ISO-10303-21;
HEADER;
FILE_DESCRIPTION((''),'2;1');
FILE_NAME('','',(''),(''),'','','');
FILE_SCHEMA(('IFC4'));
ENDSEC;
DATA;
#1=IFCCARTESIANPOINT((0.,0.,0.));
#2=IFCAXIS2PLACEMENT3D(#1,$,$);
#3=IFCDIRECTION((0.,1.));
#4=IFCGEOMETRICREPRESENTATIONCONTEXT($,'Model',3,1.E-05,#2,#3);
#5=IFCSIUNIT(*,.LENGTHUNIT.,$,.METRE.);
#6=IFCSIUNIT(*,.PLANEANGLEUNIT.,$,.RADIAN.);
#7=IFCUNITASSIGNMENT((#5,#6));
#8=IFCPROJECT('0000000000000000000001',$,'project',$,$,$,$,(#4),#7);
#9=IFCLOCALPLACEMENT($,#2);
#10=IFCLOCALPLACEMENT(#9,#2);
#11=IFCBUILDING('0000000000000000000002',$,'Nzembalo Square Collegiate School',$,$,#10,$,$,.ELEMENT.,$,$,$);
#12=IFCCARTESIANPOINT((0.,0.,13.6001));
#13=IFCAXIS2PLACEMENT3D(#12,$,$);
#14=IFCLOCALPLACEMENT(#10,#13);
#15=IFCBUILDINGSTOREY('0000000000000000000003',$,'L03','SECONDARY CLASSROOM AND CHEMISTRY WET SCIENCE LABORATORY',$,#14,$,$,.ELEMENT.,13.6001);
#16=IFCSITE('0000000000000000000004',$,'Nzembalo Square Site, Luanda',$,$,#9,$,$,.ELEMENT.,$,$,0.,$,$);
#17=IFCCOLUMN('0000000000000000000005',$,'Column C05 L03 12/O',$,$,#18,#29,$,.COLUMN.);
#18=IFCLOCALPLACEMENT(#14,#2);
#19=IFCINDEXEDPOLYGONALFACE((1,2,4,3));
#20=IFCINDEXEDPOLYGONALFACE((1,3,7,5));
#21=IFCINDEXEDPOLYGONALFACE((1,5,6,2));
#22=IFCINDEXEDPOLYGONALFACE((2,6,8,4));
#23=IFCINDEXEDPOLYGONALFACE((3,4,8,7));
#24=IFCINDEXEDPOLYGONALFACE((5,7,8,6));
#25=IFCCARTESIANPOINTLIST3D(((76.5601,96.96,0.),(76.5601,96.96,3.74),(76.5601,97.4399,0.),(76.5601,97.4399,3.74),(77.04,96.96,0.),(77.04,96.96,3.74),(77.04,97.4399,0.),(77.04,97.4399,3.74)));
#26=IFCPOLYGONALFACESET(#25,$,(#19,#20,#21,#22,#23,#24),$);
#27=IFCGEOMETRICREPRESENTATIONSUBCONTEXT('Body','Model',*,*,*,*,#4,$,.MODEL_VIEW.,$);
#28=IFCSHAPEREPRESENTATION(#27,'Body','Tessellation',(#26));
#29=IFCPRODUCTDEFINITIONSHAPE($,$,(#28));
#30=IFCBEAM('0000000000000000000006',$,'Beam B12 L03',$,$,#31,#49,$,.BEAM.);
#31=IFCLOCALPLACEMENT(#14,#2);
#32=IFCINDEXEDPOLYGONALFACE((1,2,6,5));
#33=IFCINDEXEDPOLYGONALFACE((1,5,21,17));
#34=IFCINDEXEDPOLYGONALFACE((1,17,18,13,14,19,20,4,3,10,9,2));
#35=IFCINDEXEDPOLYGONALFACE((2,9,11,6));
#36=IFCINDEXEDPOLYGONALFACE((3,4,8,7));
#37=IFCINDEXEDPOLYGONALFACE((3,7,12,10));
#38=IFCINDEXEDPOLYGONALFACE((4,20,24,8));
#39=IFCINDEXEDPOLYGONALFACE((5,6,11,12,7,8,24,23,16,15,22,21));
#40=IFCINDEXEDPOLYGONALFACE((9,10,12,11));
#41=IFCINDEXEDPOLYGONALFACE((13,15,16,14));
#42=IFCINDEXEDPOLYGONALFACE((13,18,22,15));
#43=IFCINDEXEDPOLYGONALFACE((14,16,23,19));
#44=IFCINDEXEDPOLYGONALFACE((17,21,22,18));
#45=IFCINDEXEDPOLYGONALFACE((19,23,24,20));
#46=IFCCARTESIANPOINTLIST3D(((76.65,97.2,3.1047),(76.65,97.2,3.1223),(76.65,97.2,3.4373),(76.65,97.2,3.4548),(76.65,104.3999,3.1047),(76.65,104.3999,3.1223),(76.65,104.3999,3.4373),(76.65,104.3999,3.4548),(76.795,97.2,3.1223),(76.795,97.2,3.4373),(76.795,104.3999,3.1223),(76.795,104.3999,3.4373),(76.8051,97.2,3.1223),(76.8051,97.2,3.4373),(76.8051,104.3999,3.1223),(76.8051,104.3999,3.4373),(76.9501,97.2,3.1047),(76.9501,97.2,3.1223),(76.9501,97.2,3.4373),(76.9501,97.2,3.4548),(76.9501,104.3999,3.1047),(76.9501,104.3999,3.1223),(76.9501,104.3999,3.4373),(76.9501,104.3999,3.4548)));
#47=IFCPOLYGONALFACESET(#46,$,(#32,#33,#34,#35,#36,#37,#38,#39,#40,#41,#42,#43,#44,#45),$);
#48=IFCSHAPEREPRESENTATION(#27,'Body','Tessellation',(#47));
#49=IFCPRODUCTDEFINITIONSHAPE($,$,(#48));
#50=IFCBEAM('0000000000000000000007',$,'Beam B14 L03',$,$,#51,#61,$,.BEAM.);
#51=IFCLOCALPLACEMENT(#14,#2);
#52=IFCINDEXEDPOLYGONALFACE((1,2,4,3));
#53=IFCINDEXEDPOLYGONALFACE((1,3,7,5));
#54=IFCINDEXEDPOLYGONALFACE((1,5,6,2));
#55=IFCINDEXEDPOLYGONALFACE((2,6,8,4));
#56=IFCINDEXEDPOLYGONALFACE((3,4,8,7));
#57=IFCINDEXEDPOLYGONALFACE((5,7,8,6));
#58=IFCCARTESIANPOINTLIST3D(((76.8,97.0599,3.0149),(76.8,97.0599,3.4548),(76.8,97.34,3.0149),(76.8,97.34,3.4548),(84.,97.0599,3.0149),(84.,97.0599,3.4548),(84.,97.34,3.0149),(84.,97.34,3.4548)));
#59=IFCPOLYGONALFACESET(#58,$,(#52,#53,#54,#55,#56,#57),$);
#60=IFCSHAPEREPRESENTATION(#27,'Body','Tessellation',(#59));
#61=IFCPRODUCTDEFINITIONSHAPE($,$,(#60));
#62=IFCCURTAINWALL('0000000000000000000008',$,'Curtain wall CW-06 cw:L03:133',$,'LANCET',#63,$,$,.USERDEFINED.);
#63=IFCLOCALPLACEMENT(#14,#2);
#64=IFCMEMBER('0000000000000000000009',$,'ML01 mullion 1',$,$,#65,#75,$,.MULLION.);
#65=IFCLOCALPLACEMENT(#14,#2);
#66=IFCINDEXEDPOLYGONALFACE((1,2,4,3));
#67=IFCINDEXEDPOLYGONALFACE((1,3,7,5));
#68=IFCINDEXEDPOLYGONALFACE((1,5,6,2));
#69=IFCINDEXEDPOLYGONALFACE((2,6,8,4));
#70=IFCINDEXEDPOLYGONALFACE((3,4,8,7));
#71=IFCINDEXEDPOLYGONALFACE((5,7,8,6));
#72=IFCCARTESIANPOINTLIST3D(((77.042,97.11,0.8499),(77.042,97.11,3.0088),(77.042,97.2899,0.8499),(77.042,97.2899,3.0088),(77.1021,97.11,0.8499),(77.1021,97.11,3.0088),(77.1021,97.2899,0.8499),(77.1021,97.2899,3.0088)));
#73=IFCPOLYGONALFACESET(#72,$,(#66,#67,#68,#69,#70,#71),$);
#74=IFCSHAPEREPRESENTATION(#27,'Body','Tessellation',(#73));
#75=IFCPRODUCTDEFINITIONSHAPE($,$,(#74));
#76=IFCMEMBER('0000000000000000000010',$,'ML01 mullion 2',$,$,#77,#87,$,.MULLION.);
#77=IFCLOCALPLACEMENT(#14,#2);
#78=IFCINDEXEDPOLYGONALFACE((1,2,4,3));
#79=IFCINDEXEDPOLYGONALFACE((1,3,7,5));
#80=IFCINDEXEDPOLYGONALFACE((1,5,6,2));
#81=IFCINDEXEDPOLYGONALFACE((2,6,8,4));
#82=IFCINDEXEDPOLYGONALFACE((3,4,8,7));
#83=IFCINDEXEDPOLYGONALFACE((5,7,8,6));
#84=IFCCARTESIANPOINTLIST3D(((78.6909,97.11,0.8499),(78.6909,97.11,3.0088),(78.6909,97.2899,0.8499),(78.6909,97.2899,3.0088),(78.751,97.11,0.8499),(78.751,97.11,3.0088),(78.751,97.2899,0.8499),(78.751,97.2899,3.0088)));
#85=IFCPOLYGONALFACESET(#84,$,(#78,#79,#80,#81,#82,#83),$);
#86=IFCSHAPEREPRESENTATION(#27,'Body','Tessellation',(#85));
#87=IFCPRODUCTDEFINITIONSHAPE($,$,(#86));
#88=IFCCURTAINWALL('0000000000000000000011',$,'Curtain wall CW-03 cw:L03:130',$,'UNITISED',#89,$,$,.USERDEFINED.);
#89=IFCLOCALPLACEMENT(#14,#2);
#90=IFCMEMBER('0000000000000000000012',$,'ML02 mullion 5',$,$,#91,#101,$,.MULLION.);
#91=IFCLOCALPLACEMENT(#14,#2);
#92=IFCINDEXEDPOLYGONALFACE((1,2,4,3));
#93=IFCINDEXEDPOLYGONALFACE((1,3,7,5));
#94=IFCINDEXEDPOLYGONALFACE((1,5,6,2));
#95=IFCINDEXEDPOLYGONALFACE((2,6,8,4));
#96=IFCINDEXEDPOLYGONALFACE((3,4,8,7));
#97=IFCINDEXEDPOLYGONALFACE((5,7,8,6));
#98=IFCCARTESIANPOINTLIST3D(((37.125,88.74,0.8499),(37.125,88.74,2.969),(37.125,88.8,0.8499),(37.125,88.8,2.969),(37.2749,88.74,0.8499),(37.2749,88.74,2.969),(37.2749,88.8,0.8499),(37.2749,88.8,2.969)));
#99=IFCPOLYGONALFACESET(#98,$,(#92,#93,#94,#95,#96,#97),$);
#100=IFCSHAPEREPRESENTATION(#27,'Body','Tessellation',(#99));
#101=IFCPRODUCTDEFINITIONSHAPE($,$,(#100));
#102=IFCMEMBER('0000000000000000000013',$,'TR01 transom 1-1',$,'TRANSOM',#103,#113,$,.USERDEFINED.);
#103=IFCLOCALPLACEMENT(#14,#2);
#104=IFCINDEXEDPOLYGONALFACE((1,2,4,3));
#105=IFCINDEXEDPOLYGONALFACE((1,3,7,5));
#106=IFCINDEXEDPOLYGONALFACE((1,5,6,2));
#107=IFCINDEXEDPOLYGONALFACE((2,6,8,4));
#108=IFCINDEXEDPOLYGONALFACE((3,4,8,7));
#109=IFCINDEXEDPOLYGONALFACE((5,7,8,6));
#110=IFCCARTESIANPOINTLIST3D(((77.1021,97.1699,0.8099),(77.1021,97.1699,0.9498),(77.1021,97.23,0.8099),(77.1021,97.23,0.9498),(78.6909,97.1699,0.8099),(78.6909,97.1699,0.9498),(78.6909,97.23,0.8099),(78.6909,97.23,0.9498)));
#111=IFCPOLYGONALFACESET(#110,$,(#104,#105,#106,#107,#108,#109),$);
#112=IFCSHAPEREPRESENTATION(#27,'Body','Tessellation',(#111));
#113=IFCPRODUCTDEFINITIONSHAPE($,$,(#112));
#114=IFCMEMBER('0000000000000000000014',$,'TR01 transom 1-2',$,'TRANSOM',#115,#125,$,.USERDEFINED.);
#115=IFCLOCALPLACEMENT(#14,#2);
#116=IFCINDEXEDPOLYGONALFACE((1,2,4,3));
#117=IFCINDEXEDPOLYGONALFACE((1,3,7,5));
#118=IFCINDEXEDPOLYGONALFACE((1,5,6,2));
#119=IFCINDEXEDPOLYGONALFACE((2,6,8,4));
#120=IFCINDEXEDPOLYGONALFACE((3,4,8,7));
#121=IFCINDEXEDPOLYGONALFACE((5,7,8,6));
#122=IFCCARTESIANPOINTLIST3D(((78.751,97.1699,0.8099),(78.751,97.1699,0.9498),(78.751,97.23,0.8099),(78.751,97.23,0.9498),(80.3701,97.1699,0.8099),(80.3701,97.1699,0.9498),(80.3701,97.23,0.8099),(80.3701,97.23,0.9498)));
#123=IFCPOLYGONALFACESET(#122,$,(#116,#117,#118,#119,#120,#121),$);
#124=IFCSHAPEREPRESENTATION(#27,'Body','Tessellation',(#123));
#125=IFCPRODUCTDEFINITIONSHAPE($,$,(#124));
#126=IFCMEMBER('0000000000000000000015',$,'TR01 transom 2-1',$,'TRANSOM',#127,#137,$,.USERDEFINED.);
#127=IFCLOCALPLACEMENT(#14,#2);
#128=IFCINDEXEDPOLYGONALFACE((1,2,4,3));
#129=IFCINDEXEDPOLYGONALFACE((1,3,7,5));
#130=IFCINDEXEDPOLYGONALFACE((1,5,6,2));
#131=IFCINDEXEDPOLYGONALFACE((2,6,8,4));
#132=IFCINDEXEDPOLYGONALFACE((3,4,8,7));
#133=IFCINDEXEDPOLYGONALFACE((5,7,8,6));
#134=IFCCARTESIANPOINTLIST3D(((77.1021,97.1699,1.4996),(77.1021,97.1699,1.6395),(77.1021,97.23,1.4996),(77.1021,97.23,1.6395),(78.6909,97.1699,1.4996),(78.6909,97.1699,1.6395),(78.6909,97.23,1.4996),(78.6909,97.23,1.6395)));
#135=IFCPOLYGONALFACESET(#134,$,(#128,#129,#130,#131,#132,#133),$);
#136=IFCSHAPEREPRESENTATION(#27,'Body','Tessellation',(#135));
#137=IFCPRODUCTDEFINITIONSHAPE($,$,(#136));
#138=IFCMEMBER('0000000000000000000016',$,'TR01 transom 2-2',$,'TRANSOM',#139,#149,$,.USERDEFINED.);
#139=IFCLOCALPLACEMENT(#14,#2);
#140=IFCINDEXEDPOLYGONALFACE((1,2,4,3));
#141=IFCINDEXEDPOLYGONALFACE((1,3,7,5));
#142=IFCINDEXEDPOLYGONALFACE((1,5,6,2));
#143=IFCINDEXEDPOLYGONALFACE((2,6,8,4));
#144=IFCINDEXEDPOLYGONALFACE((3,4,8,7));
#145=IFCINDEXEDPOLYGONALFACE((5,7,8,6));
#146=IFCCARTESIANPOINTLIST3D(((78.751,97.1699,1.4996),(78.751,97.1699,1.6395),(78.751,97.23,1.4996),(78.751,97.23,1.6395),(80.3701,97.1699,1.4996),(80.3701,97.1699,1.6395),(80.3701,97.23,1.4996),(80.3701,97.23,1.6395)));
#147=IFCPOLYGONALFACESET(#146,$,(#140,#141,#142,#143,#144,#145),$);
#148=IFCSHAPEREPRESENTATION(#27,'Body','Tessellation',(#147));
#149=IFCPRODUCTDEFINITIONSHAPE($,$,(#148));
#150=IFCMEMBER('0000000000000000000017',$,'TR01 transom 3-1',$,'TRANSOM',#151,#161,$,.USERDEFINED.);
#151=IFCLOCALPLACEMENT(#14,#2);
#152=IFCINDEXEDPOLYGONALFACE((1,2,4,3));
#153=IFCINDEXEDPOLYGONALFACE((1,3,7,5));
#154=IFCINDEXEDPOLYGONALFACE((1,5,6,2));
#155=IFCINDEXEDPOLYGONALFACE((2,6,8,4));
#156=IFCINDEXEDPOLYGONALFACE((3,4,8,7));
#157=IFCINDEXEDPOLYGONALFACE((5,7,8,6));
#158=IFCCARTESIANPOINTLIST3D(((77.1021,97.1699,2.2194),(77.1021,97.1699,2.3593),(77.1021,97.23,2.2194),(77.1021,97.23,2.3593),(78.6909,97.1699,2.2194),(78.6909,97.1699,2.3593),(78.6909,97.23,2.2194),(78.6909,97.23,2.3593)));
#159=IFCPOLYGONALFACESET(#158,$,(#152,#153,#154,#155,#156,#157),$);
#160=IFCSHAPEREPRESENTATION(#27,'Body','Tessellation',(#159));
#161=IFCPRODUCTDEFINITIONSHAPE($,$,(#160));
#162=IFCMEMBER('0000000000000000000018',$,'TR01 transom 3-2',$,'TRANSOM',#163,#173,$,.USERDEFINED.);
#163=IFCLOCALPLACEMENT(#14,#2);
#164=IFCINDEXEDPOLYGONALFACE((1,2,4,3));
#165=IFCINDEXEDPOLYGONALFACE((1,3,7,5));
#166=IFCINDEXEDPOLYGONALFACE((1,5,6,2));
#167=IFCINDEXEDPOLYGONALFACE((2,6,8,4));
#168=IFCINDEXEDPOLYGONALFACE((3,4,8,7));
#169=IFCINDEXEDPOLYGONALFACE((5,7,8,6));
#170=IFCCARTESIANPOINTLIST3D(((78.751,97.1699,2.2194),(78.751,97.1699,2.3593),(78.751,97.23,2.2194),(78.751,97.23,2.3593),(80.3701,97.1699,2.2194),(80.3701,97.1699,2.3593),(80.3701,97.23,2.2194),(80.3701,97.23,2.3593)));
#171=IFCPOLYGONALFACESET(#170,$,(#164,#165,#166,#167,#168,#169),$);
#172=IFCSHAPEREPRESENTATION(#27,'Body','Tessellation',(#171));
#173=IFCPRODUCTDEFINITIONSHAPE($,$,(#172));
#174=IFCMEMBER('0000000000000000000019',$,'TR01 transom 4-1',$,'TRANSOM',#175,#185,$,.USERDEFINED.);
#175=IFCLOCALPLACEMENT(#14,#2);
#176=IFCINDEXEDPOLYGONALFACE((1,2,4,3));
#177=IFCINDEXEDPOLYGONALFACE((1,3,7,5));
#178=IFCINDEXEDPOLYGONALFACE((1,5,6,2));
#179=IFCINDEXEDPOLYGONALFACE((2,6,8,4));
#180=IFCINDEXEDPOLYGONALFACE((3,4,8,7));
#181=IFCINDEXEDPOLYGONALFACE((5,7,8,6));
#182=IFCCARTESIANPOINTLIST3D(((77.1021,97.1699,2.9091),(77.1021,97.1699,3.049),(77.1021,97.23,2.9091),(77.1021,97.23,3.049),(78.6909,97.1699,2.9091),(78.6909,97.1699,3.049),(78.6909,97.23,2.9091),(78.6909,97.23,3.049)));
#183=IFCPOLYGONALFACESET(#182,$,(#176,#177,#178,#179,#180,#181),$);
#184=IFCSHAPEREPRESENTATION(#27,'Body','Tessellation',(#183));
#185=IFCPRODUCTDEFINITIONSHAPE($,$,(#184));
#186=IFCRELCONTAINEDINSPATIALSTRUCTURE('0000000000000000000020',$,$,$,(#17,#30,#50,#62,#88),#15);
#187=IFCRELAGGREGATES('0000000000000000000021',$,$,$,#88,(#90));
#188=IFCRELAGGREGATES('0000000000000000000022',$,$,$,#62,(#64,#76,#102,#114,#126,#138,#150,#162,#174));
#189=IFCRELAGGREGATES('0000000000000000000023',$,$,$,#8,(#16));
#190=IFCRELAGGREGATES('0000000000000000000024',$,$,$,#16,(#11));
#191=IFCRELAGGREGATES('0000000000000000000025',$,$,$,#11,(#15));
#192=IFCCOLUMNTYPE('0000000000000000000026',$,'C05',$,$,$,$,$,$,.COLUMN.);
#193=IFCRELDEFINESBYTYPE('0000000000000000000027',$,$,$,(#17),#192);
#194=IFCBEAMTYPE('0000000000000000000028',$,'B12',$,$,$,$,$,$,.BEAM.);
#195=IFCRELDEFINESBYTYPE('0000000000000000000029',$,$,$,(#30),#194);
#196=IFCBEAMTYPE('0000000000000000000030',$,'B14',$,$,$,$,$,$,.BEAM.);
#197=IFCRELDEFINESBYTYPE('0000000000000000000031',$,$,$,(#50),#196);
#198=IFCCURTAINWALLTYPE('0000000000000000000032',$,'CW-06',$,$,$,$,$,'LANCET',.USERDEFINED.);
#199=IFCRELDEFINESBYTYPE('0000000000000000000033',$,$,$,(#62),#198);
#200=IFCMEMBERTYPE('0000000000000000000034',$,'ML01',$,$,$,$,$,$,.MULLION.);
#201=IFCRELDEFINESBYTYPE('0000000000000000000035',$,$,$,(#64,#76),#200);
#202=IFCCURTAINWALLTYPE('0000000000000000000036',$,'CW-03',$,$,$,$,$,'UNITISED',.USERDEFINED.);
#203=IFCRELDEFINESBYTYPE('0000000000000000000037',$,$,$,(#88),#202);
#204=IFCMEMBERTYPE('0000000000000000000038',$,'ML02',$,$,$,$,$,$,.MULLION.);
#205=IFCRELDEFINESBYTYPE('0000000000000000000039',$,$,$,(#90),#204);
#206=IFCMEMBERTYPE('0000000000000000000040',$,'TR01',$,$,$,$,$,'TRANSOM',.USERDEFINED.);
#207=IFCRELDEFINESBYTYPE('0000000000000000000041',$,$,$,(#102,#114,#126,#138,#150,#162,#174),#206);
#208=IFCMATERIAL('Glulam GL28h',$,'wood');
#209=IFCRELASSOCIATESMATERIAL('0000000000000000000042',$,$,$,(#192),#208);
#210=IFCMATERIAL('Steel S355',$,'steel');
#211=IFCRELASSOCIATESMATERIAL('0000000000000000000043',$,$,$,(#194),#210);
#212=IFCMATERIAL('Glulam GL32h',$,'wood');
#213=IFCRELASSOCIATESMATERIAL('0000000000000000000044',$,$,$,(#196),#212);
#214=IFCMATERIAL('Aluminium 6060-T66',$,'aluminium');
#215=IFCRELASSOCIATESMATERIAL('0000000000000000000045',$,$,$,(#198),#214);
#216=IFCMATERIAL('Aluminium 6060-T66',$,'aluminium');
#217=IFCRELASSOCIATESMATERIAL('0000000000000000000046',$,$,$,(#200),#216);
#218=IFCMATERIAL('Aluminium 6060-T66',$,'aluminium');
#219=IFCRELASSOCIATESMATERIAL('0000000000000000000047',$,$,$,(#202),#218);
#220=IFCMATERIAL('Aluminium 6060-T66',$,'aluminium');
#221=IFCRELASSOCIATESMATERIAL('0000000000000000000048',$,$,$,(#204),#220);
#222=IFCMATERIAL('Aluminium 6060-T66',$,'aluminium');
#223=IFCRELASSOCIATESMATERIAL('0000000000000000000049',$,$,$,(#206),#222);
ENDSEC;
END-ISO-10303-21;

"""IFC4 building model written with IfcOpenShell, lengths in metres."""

from ifc_helpers import new_model, si_unit, direction, frame, origin, origin_2d, place, context, subcontext, project, spatial, rectangle, i_section, extrude, material, material_profile, profile_set, type_object, element, aggregate, save


model = new_model("IFC4")

# Units and contexts
model_context = context("Model", 3, precision=1e-05, world=origin(), true_north=direction((0.0, 1.0)))
body_context = subcontext(model_context, "Body", "Model", "MODEL_VIEW")
ifc_project = project(units=[si_unit("LENGTHUNIT", "METRE"), si_unit("PLANEANGLEUNIT", "RADIAN")], contexts=[model_context])

# Site, building, storey
site_placement = place(None, origin())
site = spatial("IfcSite", under=ifc_project, at=site_placement, Name="Nzembalo Square Site, Luanda", CompositionType="ELEMENT", RefElevation=0.0)
building_placement = place(site_placement, origin())
building = spatial("IfcBuilding", under=site, at=building_placement, Name="Nzembalo Square Collegiate School", CompositionType="ELEMENT")
storey_placement = place(building_placement, frame((0.0, 0.0, 13.6001)))
storey = spatial("IfcBuildingStorey", under=building, at=storey_placement, Name="L03", Description="SECONDARY CLASSROOM AND CHEMISTRY WET SCIENCE LABORATORY", CompositionType="ELEMENT", Elevation=13.6001)

# Column
ifc_material_1 = material(Name="Glulam GL28h", Category="wood")
ifc_material_profile_1 = material_profile(ifc_material_1, rectangle(XDim=0.48, YDim=0.48, at=origin_2d()), Name="GL28h 480x480")
ifc_profile_set_1 = profile_set([ifc_material_profile_1], Name="Glulam GL28h")
column_type = type_object("IfcColumnType", Name="C05", PredefinedType="COLUMN", material=ifc_profile_set_1)
column_placement = place(storey_placement, frame((76.8, 97.2, 0.0), z_axis=(0.0, 0.0, 1.0), x_axis=(1.0, 0.0, 0.0)))
element("IfcColumn", 1, at=column_placement, inside=storey, type_object=column_type, Name="Column C05 L03 12/O", PredefinedType="COLUMN", context=body_context, shape_type="SweptSolid", body=[
    extrude(rectangle(XDim=0.48, YDim=0.48, at=origin_2d()), origin(), (0.0, 0.0, 1.0), 3.74),
])

# Beams
ifc_material_2 = material(Name="Steel S355", Category="steel")
ifc_material_profile_2 = material_profile(ifc_material_2, i_section(OverallWidth=0.3, OverallDepth=0.3501, WebThickness=0.01, FlangeThickness=0.0176, at=origin_2d()), Name="HEA 360")
ifc_profile_set_2 = profile_set([ifc_material_profile_2], Name="Steel S355")
beam_type_1 = type_object("IfcBeamType", Name="B12", PredefinedType="BEAM", material=ifc_profile_set_2)
beam_1_placement = place(storey_placement, frame((76.8, 97.2, 3.2798), z_axis=(0.0, 1.0, 0.0), x_axis=(-1.0, 0.0, 0.0)))
element("IfcBeam", 2, at=beam_1_placement, inside=storey, type_object=beam_type_1, Name="Beam B12 L03", PredefinedType="BEAM", context=body_context, shape_type="SweptSolid", body=[
    extrude(i_section(OverallWidth=0.3, OverallDepth=0.3501, WebThickness=0.01, FlangeThickness=0.0176, at=origin_2d()), origin(), (0.0, 0.0, 1.0), 7.2),
])
ifc_material_3 = material(Name="Glulam GL32h", Category="wood")
ifc_material_profile_3 = material_profile(ifc_material_3, rectangle(XDim=0.28, YDim=0.4399, at=origin_2d()), Name="GL32h 280x440")
ifc_profile_set_3 = profile_set([ifc_material_profile_3], Name="Glulam GL32h")
beam_type_2 = type_object("IfcBeamType", Name="B14", PredefinedType="BEAM", material=ifc_profile_set_3)
beam_2_placement = place(storey_placement, frame((76.8, 97.2, 3.2349), z_axis=(1.0, 0.0, 0.0), x_axis=(0.0, 1.0, 0.0)))
element("IfcBeam", 3, at=beam_2_placement, inside=storey, type_object=beam_type_2, Name="Beam B14 L03", PredefinedType="BEAM", context=body_context, shape_type="SweptSolid", body=[
    extrude(rectangle(XDim=0.28, YDim=0.4399, at=origin_2d()), origin(), (0.0, 0.0, 1.0), 7.2),
])

# Curtain wall, members
ifc_material_4 = material(Name="Aluminium 6060-T66", Category="aluminium")
curtain_wall_type_1 = type_object("IfcCurtainWallType", Name="CW-06", ElementType="LANCET", PredefinedType="USERDEFINED", material=ifc_material_4)
curtain_wall_1_placement = place(storey_placement, origin())
curtain_wall_1 = element("IfcCurtainWall", 4, at=curtain_wall_1_placement, inside=storey, type_object=curtain_wall_type_1, Name="Curtain wall CW-06 cw:L03:133", ObjectType="LANCET", PredefinedType="USERDEFINED")
ifc_material_5 = material(Name="Aluminium 6060-T66", Category="aluminium")
ifc_material_profile_4 = material_profile(ifc_material_5, rectangle(XDim=0.0601, YDim=0.1799, at=origin_2d()), Name="ALU M60x180")
ifc_profile_set_4 = profile_set([ifc_material_profile_4], Name="Aluminium 6060-T66")
member_type_1 = type_object("IfcMemberType", Name="ML01", PredefinedType="MULLION", material=ifc_profile_set_4)
member_1_placement = place(storey_placement, frame((77.072, 97.2, 0.8499), z_axis=(0.0, 0.0, 1.0), x_axis=(1.0, 0.0, 0.0)))
member_1 = element("IfcMember", 5, at=member_1_placement, type_object=member_type_1, Name="ML01 mullion 1", PredefinedType="MULLION", context=body_context, shape_type="SweptSolid", body=[
    extrude(rectangle(XDim=0.0601, YDim=0.1799, at=origin_2d()), origin(), (0.0, 0.0, 1.0), 2.1589),
])
member_2_placement = place(storey_placement, frame((78.7209, 97.2, 0.8499), z_axis=(0.0, 0.0, 1.0), x_axis=(1.0, 0.0, 0.0)))
member_2 = element("IfcMember", 6, at=member_2_placement, type_object=member_type_1, Name="ML01 mullion 2", PredefinedType="MULLION", context=body_context, shape_type="SweptSolid", body=[
    extrude(rectangle(XDim=0.0601, YDim=0.1799, at=origin_2d()), origin(), (0.0, 0.0, 1.0), 2.1589),
])

# Curtain wall, member
ifc_material_6 = material(Name="Aluminium 6060-T66", Category="aluminium")
curtain_wall_type_2 = type_object("IfcCurtainWallType", Name="CW-03", ElementType="UNITISED", PredefinedType="USERDEFINED", material=ifc_material_6)
curtain_wall_2_placement = place(storey_placement, origin())
curtain_wall_2 = element("IfcCurtainWall", 7, at=curtain_wall_2_placement, inside=storey, type_object=curtain_wall_type_2, Name="Curtain wall CW-03 cw:L03:130", ObjectType="UNITISED", PredefinedType="USERDEFINED")
ifc_material_7 = material(Name="Aluminium 6060-T66", Category="aluminium")
ifc_material_profile_5 = material_profile(ifc_material_7, rectangle(XDim=0.0601, YDim=0.1499, at=origin_2d()), Name="ALU M60x150")
ifc_profile_set_5 = profile_set([ifc_material_profile_5], Name="Aluminium 6060-T66")
member_type_2 = type_object("IfcMemberType", Name="ML02", PredefinedType="MULLION", material=ifc_profile_set_5)
member_3_placement = place(storey_placement, frame((37.2, 88.77, 0.8499), z_axis=(0.0, 0.0, 1.0), x_axis=(0.0, 1.0, 0.0)))
member_3 = element("IfcMember", 8, at=member_3_placement, type_object=member_type_2, Name="ML02 mullion 5", PredefinedType="MULLION", context=body_context, shape_type="SweptSolid", body=[
    extrude(rectangle(XDim=0.0601, YDim=0.1499, at=origin_2d()), origin(), (0.0, 0.0, 1.0), 2.1191),
])
aggregate(curtain_wall_2, [member_3])

# Members
ifc_material_8 = material(Name="Aluminium 6060-T66", Category="aluminium")
ifc_material_profile_6 = material_profile(ifc_material_8, rectangle(XDim=0.0601, YDim=0.1399, at=origin_2d()), Name="ALU T60x140")
ifc_profile_set_6 = profile_set([ifc_material_profile_6], Name="Aluminium 6060-T66")
member_type_3 = type_object("IfcMemberType", Name="TR01", ElementType="TRANSOM", PredefinedType="USERDEFINED", material=ifc_profile_set_6)
member_4_placement = place(storey_placement, frame((77.1021, 97.2, 0.8799), z_axis=(1.0, 0.0, 0.0), x_axis=(0.0, 1.0, 0.0)))
member_4 = element("IfcMember", 9, at=member_4_placement, type_object=member_type_3, Name="TR01 transom 1-1", ObjectType="TRANSOM", PredefinedType="USERDEFINED", context=body_context, shape_type="SweptSolid", body=[
    extrude(rectangle(XDim=0.0601, YDim=0.1399, at=origin_2d()), origin(), (0.0, 0.0, 1.0), 1.5889),
])
member_5_placement = place(storey_placement, frame((78.751, 97.2, 0.8799), z_axis=(1.0, 0.0, 0.0), x_axis=(0.0, 1.0, 0.0)))
member_5 = element("IfcMember", 10, at=member_5_placement, type_object=member_type_3, Name="TR01 transom 1-2", ObjectType="TRANSOM", PredefinedType="USERDEFINED", context=body_context, shape_type="SweptSolid", body=[
    extrude(rectangle(XDim=0.0601, YDim=0.1399, at=origin_2d()), origin(), (0.0, 0.0, 1.0), 1.6191),
])
member_6_placement = place(storey_placement, frame((77.1021, 97.2, 1.5696), z_axis=(1.0, 0.0, 0.0), x_axis=(0.0, 1.0, 0.0)))
member_6 = element("IfcMember", 11, at=member_6_placement, type_object=member_type_3, Name="TR01 transom 2-1", ObjectType="TRANSOM", PredefinedType="USERDEFINED", context=body_context, shape_type="SweptSolid", body=[
    extrude(rectangle(XDim=0.0601, YDim=0.1399, at=origin_2d()), origin(), (0.0, 0.0, 1.0), 1.5889),
])
member_7_placement = place(storey_placement, frame((78.751, 97.2, 1.5696), z_axis=(1.0, 0.0, 0.0), x_axis=(0.0, 1.0, 0.0)))
member_7 = element("IfcMember", 12, at=member_7_placement, type_object=member_type_3, Name="TR01 transom 2-2", ObjectType="TRANSOM", PredefinedType="USERDEFINED", context=body_context, shape_type="SweptSolid", body=[
    extrude(rectangle(XDim=0.0601, YDim=0.1399, at=origin_2d()), origin(), (0.0, 0.0, 1.0), 1.6191),
])
member_8_placement = place(storey_placement, frame((77.1021, 97.2, 2.2893), z_axis=(1.0, 0.0, 0.0), x_axis=(0.0, 1.0, 0.0)))
member_8 = element("IfcMember", 13, at=member_8_placement, type_object=member_type_3, Name="TR01 transom 3-1", ObjectType="TRANSOM", PredefinedType="USERDEFINED", context=body_context, shape_type="SweptSolid", body=[
    extrude(rectangle(XDim=0.0601, YDim=0.1399, at=origin_2d()), origin(), (0.0, 0.0, 1.0), 1.5889),
])
member_9_placement = place(storey_placement, frame((78.751, 97.2, 2.2893), z_axis=(1.0, 0.0, 0.0), x_axis=(0.0, 1.0, 0.0)))
member_9 = element("IfcMember", 14, at=member_9_placement, type_object=member_type_3, Name="TR01 transom 3-2", ObjectType="TRANSOM", PredefinedType="USERDEFINED", context=body_context, shape_type="SweptSolid", body=[
    extrude(rectangle(XDim=0.0601, YDim=0.1399, at=origin_2d()), origin(), (0.0, 0.0, 1.0), 1.6191),
])
member_10_placement = place(storey_placement, frame((77.1021, 97.2, 2.979), z_axis=(1.0, 0.0, 0.0), x_axis=(0.0, 1.0, 0.0)))
member_10 = element("IfcMember", 15, at=member_10_placement, type_object=member_type_3, Name="TR01 transom 4-1", ObjectType="TRANSOM", PredefinedType="USERDEFINED", context=body_context, shape_type="SweptSolid", body=[
    extrude(rectangle(XDim=0.0601, YDim=0.1399, at=origin_2d()), origin(), (0.0, 0.0, 1.0), 1.5889),
])

aggregate(curtain_wall_1, [member_1, member_2, member_4, member_5, member_6, member_7, member_8, member_9, member_10])

save(model, "model.ifc")
